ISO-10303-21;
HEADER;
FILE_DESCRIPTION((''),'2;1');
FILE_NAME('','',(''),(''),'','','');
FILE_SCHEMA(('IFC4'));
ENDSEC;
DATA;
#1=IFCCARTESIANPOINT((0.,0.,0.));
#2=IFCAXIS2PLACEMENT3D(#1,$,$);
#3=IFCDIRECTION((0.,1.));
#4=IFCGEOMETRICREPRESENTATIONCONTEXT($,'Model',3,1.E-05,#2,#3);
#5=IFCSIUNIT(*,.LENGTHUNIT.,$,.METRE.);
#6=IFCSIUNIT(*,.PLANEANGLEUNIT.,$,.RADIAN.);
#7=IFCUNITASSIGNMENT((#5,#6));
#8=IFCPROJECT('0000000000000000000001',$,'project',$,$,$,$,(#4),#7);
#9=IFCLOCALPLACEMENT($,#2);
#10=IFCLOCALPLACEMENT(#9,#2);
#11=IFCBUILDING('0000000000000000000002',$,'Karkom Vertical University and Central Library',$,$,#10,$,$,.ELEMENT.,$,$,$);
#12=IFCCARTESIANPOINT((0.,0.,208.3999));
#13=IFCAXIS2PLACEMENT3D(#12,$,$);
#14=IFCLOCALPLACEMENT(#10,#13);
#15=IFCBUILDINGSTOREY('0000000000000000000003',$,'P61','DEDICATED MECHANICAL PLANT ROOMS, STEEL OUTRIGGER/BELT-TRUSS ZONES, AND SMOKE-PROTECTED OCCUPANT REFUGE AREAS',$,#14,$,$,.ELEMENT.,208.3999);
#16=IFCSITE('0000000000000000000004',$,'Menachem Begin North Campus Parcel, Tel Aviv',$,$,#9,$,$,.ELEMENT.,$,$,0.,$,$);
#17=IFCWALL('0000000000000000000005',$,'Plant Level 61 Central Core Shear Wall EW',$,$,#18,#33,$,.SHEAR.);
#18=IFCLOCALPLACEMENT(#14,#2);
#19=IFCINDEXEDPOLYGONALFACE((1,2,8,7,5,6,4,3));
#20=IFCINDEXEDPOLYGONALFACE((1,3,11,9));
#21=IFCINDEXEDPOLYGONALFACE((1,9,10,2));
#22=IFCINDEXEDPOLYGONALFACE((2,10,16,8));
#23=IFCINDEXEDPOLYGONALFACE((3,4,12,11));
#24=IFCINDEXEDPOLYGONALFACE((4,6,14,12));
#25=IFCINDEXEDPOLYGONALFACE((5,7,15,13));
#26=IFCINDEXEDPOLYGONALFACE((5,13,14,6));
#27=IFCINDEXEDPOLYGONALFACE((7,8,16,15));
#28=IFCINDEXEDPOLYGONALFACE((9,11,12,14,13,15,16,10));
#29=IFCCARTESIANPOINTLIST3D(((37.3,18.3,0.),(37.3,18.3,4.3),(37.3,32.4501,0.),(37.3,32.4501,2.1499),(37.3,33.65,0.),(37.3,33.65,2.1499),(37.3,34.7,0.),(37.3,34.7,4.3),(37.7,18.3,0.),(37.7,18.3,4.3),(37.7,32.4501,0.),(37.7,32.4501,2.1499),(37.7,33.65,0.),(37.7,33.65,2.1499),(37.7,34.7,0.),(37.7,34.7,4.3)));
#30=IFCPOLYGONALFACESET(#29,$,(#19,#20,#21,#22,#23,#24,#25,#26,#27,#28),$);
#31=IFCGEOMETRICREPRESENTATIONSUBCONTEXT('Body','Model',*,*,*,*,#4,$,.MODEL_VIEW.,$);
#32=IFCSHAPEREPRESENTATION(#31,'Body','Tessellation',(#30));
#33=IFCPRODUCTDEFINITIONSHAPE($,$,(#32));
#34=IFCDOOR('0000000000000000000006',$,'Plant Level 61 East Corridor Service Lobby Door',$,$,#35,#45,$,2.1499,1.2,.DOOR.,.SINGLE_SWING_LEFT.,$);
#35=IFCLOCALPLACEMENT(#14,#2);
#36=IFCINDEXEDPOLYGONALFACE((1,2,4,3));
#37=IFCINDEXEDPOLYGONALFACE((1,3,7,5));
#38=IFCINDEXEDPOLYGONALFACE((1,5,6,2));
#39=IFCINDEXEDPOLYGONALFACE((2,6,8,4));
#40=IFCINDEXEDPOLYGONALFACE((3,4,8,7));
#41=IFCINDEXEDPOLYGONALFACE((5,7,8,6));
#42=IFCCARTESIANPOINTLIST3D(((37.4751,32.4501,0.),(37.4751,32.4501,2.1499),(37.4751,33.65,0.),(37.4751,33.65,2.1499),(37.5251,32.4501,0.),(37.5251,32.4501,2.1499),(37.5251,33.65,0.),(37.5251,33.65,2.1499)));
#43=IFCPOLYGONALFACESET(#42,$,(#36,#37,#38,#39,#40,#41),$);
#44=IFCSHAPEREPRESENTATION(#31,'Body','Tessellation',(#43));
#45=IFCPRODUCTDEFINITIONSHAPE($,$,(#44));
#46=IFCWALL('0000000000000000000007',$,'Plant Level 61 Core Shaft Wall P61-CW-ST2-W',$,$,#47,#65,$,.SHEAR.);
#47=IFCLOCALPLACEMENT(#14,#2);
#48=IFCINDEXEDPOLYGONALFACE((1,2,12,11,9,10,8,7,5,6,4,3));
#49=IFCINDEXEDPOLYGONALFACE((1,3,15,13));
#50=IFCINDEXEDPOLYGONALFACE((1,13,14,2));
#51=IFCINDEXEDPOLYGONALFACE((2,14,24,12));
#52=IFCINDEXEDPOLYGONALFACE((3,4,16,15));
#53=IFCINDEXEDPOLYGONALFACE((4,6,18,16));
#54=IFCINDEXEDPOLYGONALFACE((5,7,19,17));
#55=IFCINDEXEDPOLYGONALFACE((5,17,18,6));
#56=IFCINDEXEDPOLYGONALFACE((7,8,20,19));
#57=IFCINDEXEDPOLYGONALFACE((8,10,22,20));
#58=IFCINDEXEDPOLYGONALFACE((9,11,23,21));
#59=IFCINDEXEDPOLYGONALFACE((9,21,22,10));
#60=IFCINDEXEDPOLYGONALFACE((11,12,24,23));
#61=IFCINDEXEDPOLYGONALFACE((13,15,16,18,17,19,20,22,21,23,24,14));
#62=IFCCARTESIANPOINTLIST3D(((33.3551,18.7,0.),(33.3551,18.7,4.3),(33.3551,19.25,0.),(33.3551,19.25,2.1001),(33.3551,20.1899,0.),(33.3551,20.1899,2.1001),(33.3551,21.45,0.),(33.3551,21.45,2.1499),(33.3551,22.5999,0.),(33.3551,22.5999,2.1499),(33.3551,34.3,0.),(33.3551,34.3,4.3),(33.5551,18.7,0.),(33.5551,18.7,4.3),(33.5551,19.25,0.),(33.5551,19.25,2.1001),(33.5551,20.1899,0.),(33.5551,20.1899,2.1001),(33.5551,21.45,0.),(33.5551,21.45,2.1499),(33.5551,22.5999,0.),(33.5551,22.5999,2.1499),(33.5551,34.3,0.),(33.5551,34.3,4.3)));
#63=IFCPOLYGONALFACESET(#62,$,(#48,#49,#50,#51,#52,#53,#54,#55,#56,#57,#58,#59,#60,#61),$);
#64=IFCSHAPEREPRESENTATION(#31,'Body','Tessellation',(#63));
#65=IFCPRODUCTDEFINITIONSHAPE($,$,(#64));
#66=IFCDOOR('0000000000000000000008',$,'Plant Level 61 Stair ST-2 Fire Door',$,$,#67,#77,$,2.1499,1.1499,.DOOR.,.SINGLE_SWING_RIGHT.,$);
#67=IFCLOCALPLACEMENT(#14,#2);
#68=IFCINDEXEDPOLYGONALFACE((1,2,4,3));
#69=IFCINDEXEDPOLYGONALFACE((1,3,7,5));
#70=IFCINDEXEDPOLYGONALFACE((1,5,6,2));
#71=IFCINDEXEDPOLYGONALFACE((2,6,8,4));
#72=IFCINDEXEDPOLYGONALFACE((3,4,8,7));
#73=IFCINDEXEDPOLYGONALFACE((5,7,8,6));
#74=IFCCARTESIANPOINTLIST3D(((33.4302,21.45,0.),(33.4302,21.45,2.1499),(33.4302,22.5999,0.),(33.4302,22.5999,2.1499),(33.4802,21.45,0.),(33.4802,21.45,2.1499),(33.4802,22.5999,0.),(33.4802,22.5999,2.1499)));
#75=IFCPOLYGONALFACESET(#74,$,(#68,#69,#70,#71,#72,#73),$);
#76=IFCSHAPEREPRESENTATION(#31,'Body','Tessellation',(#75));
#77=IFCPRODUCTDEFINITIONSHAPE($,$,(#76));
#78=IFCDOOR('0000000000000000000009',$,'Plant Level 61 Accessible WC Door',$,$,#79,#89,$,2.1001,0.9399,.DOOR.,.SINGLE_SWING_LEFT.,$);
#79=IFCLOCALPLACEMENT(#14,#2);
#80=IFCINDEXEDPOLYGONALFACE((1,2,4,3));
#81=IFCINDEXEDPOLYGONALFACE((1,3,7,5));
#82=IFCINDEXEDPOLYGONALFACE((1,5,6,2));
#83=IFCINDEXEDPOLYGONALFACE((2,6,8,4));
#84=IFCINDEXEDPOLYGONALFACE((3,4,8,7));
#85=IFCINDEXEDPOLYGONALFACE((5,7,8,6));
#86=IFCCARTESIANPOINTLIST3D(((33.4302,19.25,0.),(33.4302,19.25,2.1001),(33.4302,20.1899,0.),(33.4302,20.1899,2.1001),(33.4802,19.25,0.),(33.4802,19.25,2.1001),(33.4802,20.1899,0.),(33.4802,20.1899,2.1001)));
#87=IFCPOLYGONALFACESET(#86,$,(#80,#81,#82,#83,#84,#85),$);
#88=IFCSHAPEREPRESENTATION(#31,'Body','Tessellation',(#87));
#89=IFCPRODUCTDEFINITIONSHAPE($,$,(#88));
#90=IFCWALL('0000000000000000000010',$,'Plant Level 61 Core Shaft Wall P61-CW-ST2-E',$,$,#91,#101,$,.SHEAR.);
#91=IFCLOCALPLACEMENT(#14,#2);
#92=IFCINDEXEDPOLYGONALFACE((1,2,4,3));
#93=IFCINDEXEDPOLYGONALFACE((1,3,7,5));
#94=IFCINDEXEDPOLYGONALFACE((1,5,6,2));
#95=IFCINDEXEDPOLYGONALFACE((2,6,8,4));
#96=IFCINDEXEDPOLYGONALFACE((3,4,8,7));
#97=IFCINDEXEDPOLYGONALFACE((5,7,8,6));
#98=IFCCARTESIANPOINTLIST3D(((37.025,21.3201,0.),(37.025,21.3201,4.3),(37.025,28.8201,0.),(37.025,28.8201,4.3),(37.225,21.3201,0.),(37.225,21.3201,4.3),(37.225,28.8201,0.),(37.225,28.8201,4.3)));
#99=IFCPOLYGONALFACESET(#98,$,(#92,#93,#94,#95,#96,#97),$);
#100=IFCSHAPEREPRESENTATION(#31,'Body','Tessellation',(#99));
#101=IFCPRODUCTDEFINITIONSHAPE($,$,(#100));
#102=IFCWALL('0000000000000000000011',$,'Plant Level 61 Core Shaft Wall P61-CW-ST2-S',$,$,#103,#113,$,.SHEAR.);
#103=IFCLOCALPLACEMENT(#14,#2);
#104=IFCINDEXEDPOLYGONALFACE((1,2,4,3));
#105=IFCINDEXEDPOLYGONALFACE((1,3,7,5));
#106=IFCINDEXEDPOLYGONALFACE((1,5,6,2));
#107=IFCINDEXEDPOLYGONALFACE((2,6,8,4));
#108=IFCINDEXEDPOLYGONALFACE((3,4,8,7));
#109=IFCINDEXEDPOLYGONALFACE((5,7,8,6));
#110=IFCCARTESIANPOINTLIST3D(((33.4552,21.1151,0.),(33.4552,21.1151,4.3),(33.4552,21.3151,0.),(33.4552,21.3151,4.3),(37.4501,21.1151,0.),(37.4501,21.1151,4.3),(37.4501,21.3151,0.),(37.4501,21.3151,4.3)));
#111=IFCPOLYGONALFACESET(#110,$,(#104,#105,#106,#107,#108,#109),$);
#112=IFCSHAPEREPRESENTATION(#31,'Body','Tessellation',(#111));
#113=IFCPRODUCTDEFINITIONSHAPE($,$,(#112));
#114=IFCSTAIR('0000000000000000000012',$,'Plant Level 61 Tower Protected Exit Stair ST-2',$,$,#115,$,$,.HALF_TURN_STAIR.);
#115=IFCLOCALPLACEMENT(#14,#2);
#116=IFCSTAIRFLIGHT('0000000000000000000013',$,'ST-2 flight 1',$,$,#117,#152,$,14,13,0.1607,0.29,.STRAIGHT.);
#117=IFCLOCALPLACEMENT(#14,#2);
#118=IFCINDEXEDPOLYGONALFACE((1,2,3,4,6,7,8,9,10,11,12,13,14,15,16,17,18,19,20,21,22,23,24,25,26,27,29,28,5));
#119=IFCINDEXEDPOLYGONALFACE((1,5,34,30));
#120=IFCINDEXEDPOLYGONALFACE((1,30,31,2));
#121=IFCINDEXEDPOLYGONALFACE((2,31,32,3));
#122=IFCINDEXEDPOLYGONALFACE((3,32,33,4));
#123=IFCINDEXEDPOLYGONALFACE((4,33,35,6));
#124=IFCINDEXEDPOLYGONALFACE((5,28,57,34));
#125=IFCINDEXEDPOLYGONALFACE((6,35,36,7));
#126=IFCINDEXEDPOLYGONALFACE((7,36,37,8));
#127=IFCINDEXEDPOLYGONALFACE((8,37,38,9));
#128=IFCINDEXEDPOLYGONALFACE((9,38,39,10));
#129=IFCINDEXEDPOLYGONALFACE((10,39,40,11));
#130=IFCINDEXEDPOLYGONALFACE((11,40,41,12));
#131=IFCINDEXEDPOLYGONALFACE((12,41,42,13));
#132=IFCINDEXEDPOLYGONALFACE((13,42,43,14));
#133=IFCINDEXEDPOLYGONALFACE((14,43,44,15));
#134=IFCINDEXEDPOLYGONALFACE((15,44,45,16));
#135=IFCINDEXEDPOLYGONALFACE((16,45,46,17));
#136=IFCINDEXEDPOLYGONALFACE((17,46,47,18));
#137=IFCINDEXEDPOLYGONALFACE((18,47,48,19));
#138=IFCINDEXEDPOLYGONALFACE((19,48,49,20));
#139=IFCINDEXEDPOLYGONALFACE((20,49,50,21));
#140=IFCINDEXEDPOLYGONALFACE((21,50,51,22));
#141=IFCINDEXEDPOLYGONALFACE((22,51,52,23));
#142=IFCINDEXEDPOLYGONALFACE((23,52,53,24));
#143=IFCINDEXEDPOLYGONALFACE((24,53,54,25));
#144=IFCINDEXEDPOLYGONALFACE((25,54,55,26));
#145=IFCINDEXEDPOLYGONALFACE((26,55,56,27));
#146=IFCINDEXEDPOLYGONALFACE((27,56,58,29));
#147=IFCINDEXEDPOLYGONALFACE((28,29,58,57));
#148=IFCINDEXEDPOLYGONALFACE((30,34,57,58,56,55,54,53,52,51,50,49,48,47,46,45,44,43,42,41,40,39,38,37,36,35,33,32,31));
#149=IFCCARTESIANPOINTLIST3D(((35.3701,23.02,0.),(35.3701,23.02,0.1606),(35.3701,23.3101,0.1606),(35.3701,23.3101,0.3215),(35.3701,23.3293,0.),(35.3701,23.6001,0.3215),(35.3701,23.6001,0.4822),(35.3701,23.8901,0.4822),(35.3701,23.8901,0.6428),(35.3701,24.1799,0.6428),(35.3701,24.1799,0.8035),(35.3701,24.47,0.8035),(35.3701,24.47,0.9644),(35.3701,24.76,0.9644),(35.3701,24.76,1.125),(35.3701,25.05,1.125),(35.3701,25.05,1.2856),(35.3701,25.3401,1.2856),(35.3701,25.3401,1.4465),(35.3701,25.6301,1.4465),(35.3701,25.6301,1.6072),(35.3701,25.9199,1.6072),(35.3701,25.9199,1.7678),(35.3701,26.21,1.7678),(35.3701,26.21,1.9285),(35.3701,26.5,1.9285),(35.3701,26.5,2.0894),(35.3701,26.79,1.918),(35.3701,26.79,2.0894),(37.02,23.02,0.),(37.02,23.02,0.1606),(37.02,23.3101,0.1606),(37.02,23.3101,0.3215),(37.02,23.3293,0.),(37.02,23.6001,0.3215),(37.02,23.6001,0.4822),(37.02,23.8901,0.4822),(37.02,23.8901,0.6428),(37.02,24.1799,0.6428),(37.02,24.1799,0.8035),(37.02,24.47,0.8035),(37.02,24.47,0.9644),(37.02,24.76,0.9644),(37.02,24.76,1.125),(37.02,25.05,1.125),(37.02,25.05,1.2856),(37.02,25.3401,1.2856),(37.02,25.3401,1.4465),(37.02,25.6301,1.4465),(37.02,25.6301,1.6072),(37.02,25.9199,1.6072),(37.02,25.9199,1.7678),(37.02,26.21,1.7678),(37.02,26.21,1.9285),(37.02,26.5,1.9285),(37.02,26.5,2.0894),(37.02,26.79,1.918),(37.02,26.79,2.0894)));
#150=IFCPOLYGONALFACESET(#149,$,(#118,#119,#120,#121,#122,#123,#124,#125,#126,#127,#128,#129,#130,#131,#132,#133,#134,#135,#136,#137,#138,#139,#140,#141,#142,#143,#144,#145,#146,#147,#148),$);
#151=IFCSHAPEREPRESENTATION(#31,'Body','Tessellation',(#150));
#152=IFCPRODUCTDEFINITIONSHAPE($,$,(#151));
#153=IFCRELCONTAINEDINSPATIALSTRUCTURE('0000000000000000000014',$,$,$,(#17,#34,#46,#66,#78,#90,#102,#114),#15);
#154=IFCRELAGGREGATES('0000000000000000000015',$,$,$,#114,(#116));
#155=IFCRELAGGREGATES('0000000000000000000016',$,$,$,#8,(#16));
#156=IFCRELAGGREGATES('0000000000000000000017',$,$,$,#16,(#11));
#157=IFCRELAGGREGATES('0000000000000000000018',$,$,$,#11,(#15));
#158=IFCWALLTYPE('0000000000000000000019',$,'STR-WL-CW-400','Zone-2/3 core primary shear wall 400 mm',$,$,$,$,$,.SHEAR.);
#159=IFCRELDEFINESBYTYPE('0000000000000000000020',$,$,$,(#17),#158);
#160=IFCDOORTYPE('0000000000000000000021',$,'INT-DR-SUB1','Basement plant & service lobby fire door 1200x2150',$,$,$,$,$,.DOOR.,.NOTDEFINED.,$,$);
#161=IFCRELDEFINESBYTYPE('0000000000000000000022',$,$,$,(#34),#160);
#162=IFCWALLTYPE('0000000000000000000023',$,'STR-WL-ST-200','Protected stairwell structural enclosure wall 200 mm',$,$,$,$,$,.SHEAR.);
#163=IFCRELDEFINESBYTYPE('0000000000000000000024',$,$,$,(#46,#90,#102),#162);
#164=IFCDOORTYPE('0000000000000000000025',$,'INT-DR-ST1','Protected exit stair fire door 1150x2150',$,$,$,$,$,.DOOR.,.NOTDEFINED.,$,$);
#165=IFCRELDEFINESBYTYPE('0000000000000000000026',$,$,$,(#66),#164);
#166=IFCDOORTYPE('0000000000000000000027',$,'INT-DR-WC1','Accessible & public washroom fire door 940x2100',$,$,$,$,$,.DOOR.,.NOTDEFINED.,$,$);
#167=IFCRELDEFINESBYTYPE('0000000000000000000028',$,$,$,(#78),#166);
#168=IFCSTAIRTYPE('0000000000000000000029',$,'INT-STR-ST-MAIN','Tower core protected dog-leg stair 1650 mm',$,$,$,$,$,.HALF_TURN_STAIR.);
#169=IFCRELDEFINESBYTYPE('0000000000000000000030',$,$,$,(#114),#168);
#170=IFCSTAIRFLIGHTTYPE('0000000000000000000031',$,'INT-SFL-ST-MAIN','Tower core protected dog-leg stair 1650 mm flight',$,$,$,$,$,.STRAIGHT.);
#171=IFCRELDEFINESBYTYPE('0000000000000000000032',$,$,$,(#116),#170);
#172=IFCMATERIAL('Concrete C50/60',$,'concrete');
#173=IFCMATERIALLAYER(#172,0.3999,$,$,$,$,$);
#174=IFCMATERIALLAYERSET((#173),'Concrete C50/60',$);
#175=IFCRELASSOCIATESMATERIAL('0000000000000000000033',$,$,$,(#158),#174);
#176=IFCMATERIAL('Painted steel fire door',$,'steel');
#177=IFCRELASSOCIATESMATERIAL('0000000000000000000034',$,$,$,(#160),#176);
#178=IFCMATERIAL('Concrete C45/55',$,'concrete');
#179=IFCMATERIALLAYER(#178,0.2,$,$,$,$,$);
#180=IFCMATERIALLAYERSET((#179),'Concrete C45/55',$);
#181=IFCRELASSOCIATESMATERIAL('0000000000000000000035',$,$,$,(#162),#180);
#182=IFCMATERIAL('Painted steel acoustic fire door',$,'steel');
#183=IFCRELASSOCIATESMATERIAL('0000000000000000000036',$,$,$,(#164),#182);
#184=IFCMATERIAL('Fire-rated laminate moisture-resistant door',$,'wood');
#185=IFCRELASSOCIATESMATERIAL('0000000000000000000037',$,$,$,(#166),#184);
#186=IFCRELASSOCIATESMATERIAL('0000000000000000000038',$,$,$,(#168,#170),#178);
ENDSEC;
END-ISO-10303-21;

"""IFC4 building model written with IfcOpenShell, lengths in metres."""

from ifc_helpers import new_model, si_unit, direction, frame, frame_2d, origin, origin_with_axes, place, context, subcontext, project, spatial, polyline, rectangle, outline, extrude, source, transform, mapped, material, layer, layer_set, type_object, element, fill, aggregate, save


model = new_model("IFC4")

# Units and contexts
model_context = context("Model", 3, precision=1e-05, world=origin(), true_north=direction((0.0, 1.0)))
body_context = subcontext(model_context, "Body", "Model", "MODEL_VIEW")
ifc_project = project(units=[si_unit("LENGTHUNIT", "METRE"), si_unit("PLANEANGLEUNIT", "RADIAN")], contexts=[model_context])

# Site, building, storey
site_placement = place(None, origin())
site = spatial("IfcSite", under=ifc_project, at=site_placement, Name="Menachem Begin North Campus Parcel, Tel Aviv", CompositionType="ELEMENT", RefElevation=0.0)
building_placement = place(site_placement, origin())
building = spatial("IfcBuilding", under=site, at=building_placement, Name="Karkom Vertical University and Central Library", CompositionType="ELEMENT")
storey_placement = place(building_placement, frame((0.0, 0.0, 208.3999)))
storey = spatial("IfcBuildingStorey", under=building, at=storey_placement, Name="P61", Description="DEDICATED MECHANICAL PLANT ROOMS, STEEL OUTRIGGER/BELT-TRUSS ZONES, AND SMOKE-PROTECTED OCCUPANT REFUGE AREAS", CompositionType="ELEMENT", Elevation=208.3999)

# Shared definitions
ifc_material_1 = material(Name="Concrete C50/60", Category="concrete")

# Wall, opening, door
ifc_material_2 = material(Name="Concrete C45/55", Category="concrete")
ifc_layer_1 = layer(ifc_material_1, 0.3999)
ifc_layer_set_1 = layer_set([ifc_layer_1], Name="Concrete C50/60")
wall_type_1 = type_object("IfcWallType", Name="STR-WL-CW-400", Description="Zone-2/3 core primary shear wall 400 mm", PredefinedType="SHEAR", material=ifc_layer_set_1)
wall_1_placement = place(storey_placement, frame((37.5, 18.3, 0.0), z_axis=(0.0, 0.0, 1.0), x_axis=(0.0, 1.0, 0.0)))
wall_1 = element("IfcWall", 1, at=wall_1_placement, inside=storey, type_object=wall_type_1, Name="Plant Level 61 Central Core Shear Wall EW", PredefinedType="SHEAR", context=body_context, shape_type="SweptSolid", body=[
    extrude(rectangle(XDim=16.3999, YDim=0.3999, at=frame_2d((8.2, 0.0))), origin(), (0.0, 0.0, 1.0), 4.3),
])
opening_1_placement = place(wall_1_placement, frame((14.1499, 0.0, 0.0)))
opening_1 = element("IfcOpeningElement", 2, at=opening_1_placement, cuts=wall_1, PredefinedType="OPENING", context=body_context, shape_type="SweptSolid", body=[
    extrude(rectangle(XDim=1.2, YDim=2.1499, at=frame_2d((0.6001, 1.075))), frame((0.0, 0.21, 0.0), z_axis=(0.0, -1.0, 0.0), x_axis=(1.0, 0.0, 0.0)), (0.0, 0.0, 1.0), 0.4199),
])
ifc_material_3 = material(Name="Painted steel fire door", Category="steel")
door_type_1 = type_object("IfcDoorType", Name="INT-DR-SUB1", Description="Basement plant & service lobby fire door 1200x2150", OperationType="NOTDEFINED", PredefinedType="DOOR", material=ifc_material_3)
shared_shape_1 = source(origin_with_axes(), body_context, "Body", "SweptSolid", [
    extrude(rectangle(XDim=1.2, YDim=2.1499, at=frame_2d((0.6001, 1.075))), frame((0.0, 0.0249, 0.0), z_axis=(0.0, -1.0, 0.0), x_axis=(1.0, 0.0, 0.0)), (0.0, 0.0, 1.0), 0.05),
])
door_1_placement = place(opening_1_placement, origin())
door_1 = element("IfcDoor", 3, at=door_1_placement, inside=storey, type_object=door_type_1, Name="Plant Level 61 East Corridor Service Lobby Door", OperationType="SINGLE_SWING_LEFT", OverallHeight=2.1499, OverallWidth=1.2, PredefinedType="DOOR", context=body_context, shape_type="MappedRepresentation", body=[
    mapped(shared_shape_1, transform((0.0, 0.0, 0.0), scale=1.0)),
])
fill(opening_1, door_1)

# Wall, openings, doors
ifc_layer_2 = layer(ifc_material_2, 0.2)
ifc_layer_set_2 = layer_set([ifc_layer_2], Name="Concrete C45/55")
wall_type_2 = type_object("IfcWallType", Name="STR-WL-ST-200", Description="Protected stairwell structural enclosure wall 200 mm", PredefinedType="SHEAR", material=ifc_layer_set_2)
wall_2_placement = place(storey_placement, frame((33.4551, 18.7, 0.0), z_axis=(0.0, 0.0, 1.0), x_axis=(0.0, 1.0, 0.0)))
wall_2 = element("IfcWall", 4, at=wall_2_placement, inside=storey, type_object=wall_type_2, Name="Plant Level 61 Core Shaft Wall P61-CW-ST2-W", PredefinedType="SHEAR", context=body_context, shape_type="SweptSolid", body=[
    extrude(rectangle(XDim=15.6001, YDim=0.2, at=frame_2d((7.8, 0.0))), origin(), (0.0, 0.0, 1.0), 4.3),
])
opening_2_placement = place(wall_2_placement, frame((2.75, 0.0, 0.0)))
opening_2 = element("IfcOpeningElement", 5, at=opening_2_placement, cuts=wall_2, PredefinedType="OPENING", context=body_context, shape_type="SweptSolid", body=[
    extrude(rectangle(XDim=1.1499, YDim=2.1499, at=frame_2d((0.575, 1.075))), frame((0.0, 0.1099, 0.0), z_axis=(0.0, -1.0, 0.0), x_axis=(1.0, 0.0, 0.0)), (0.0, 0.0, 1.0), 0.22),
])
opening_3_placement = place(wall_2_placement, frame((0.55, 0.0, 0.0)))
opening_3 = element("IfcOpeningElement", 6, at=opening_3_placement, cuts=wall_2, PredefinedType="OPENING", context=body_context, shape_type="SweptSolid", body=[
    extrude(rectangle(XDim=0.9399, YDim=2.1001, at=frame_2d((0.47, 1.05))), frame((0.0, 0.1099, 0.0), z_axis=(0.0, -1.0, 0.0), x_axis=(1.0, 0.0, 0.0)), (0.0, 0.0, 1.0), 0.22),
])
ifc_material_4 = material(Name="Painted steel acoustic fire door", Category="steel")
door_type_2 = type_object("IfcDoorType", Name="INT-DR-ST1", Description="Protected exit stair fire door 1150x2150", OperationType="NOTDEFINED", PredefinedType="DOOR", material=ifc_material_4)
shared_shape_2 = source(origin_with_axes(), body_context, "Body", "SweptSolid", [
    extrude(rectangle(XDim=1.1499, YDim=2.1499, at=frame_2d((0.575, 1.075))), frame((0.0, 0.0249, 0.0), z_axis=(0.0, -1.0, 0.0), x_axis=(1.0, 0.0, 0.0)), (0.0, 0.0, 1.0), 0.05),
])
door_2_placement = place(opening_2_placement, origin())
door_2 = element("IfcDoor", 7, at=door_2_placement, inside=storey, type_object=door_type_2, Name="Plant Level 61 Stair ST-2 Fire Door", OperationType="SINGLE_SWING_RIGHT", OverallHeight=2.1499, OverallWidth=1.1499, PredefinedType="DOOR", context=body_context, shape_type="MappedRepresentation", body=[
    mapped(shared_shape_2, transform((0.0, 0.0, 0.0), scale=1.0)),
])
fill(opening_2, door_2)
ifc_material_5 = material(Name="Fire-rated laminate moisture-resistant door", Category="wood")
door_type_3 = type_object("IfcDoorType", Name="INT-DR-WC1", Description="Accessible & public washroom fire door 940x2100", OperationType="NOTDEFINED", PredefinedType="DOOR", material=ifc_material_5)
shared_shape_3 = source(origin_with_axes(), body_context, "Body", "SweptSolid", [
    extrude(rectangle(XDim=0.9399, YDim=2.1001, at=frame_2d((0.47, 1.05))), frame((0.0, 0.0249, 0.0), z_axis=(0.0, -1.0, 0.0), x_axis=(1.0, 0.0, 0.0)), (0.0, 0.0, 1.0), 0.05),
])
door_3_placement = place(opening_3_placement, origin())
door_3 = element("IfcDoor", 8, at=door_3_placement, inside=storey, type_object=door_type_3, Name="Plant Level 61 Accessible WC Door", OperationType="SINGLE_SWING_LEFT", OverallHeight=2.1001, OverallWidth=0.9399, PredefinedType="DOOR", context=body_context, shape_type="MappedRepresentation", body=[
    mapped(shared_shape_3, transform((0.0, 0.0, 0.0), scale=1.0)),
])
fill(opening_3, door_3)

# Walls
wall_3_placement = place(storey_placement, frame((37.125, 21.3201, 0.0), z_axis=(0.0, 0.0, 1.0), x_axis=(0.0, 1.0, 0.0)))
element("IfcWall", 9, at=wall_3_placement, inside=storey, type_object=wall_type_2, Name="Plant Level 61 Core Shaft Wall P61-CW-ST2-E", PredefinedType="SHEAR", context=body_context, shape_type="SweptSolid", body=[
    extrude(rectangle(XDim=7.5, YDim=0.2, at=frame_2d((3.75, 0.0))), origin(), (0.0, 0.0, 1.0), 4.3),
])
wall_4_placement = place(storey_placement, frame((33.4551, 21.2151, 0.0), z_axis=(0.0, 0.0, 1.0), x_axis=(1.0, 0.0, 0.0)))
element("IfcWall", 10, at=wall_4_placement, inside=storey, type_object=wall_type_2, Name="Plant Level 61 Core Shaft Wall P61-CW-ST2-S", PredefinedType="SHEAR", context=body_context, shape_type="SweptSolid", body=[
    extrude(rectangle(XDim=3.9949, YDim=0.2, at=frame_2d((1.9976, 0.0))), origin(), (0.0, 0.0, 1.0), 4.3),
])

# Stair, stair flight
stair_type = type_object("IfcStairType", Name="INT-STR-ST-MAIN", Description="Tower core protected dog-leg stair 1650 mm", PredefinedType="HALF_TURN_STAIR", material=ifc_material_2)
stair_placement = place(storey_placement, origin())
stair = element("IfcStair", 11, at=stair_placement, inside=storey, type_object=stair_type, Name="Plant Level 61 Tower Protected Exit Stair ST-2", PredefinedType="HALF_TURN_STAIR")
stair_flight_type = type_object("IfcStairFlightType", Name="INT-SFL-ST-MAIN", Description="Tower core protected dog-leg stair 1650 mm flight", PredefinedType="STRAIGHT", material=ifc_material_2)
stair_flight_placement = place(storey_placement, frame((36.1951, 23.02, 0.0), z_axis=(0.0, 0.0, 1.0), x_axis=(0.0, 1.0, 0.0)))
stair_flight = element("IfcStairFlight", 12, at=stair_flight_placement, type_object=stair_flight_type, Name="ST-2 flight 1", NumberOfRisers=14, NumberOfTreads=13, PredefinedType="STRAIGHT", RiserHeight=0.1607, TreadLength=0.29, context=body_context, shape_type="SweptSolid", body=[
    extrude(outline(polyline([(0.0, 0.0), (0.0, 0.1606), (0.29, 0.1606), (0.29, 0.3215), (0.5801, 0.3215), (0.5801, 0.4822), (0.8701, 0.4822), (0.8701, 0.6428), (1.1599, 0.6428), (1.1599, 0.8035), (1.45, 0.8035), (1.45, 0.9644), (1.74, 0.9644), (1.74, 1.125), (2.03, 1.125), (2.03, 1.2856), (2.3201, 1.2856), (2.3201, 1.4465), (2.6101, 1.4465), (2.6101, 1.6072), (2.8999, 1.6072), (2.8999, 1.7678), (3.1899, 1.7678), (3.1899, 1.9285), (3.48, 1.9285), (3.48, 2.0894), (3.77, 2.0894), (3.77, 2.25), (3.77, 1.918), (0.3093, 0.0), (0.0, 0.0)])), frame((0.0, 0.825, 0.0), z_axis=(0.0, -1.0, 0.0), x_axis=(1.0, 0.0, 0.0)), (0.0, 0.0, 1.0), 1.6499),
])
aggregate(stair, [stair_flight])

save(model, "model.ifc")
